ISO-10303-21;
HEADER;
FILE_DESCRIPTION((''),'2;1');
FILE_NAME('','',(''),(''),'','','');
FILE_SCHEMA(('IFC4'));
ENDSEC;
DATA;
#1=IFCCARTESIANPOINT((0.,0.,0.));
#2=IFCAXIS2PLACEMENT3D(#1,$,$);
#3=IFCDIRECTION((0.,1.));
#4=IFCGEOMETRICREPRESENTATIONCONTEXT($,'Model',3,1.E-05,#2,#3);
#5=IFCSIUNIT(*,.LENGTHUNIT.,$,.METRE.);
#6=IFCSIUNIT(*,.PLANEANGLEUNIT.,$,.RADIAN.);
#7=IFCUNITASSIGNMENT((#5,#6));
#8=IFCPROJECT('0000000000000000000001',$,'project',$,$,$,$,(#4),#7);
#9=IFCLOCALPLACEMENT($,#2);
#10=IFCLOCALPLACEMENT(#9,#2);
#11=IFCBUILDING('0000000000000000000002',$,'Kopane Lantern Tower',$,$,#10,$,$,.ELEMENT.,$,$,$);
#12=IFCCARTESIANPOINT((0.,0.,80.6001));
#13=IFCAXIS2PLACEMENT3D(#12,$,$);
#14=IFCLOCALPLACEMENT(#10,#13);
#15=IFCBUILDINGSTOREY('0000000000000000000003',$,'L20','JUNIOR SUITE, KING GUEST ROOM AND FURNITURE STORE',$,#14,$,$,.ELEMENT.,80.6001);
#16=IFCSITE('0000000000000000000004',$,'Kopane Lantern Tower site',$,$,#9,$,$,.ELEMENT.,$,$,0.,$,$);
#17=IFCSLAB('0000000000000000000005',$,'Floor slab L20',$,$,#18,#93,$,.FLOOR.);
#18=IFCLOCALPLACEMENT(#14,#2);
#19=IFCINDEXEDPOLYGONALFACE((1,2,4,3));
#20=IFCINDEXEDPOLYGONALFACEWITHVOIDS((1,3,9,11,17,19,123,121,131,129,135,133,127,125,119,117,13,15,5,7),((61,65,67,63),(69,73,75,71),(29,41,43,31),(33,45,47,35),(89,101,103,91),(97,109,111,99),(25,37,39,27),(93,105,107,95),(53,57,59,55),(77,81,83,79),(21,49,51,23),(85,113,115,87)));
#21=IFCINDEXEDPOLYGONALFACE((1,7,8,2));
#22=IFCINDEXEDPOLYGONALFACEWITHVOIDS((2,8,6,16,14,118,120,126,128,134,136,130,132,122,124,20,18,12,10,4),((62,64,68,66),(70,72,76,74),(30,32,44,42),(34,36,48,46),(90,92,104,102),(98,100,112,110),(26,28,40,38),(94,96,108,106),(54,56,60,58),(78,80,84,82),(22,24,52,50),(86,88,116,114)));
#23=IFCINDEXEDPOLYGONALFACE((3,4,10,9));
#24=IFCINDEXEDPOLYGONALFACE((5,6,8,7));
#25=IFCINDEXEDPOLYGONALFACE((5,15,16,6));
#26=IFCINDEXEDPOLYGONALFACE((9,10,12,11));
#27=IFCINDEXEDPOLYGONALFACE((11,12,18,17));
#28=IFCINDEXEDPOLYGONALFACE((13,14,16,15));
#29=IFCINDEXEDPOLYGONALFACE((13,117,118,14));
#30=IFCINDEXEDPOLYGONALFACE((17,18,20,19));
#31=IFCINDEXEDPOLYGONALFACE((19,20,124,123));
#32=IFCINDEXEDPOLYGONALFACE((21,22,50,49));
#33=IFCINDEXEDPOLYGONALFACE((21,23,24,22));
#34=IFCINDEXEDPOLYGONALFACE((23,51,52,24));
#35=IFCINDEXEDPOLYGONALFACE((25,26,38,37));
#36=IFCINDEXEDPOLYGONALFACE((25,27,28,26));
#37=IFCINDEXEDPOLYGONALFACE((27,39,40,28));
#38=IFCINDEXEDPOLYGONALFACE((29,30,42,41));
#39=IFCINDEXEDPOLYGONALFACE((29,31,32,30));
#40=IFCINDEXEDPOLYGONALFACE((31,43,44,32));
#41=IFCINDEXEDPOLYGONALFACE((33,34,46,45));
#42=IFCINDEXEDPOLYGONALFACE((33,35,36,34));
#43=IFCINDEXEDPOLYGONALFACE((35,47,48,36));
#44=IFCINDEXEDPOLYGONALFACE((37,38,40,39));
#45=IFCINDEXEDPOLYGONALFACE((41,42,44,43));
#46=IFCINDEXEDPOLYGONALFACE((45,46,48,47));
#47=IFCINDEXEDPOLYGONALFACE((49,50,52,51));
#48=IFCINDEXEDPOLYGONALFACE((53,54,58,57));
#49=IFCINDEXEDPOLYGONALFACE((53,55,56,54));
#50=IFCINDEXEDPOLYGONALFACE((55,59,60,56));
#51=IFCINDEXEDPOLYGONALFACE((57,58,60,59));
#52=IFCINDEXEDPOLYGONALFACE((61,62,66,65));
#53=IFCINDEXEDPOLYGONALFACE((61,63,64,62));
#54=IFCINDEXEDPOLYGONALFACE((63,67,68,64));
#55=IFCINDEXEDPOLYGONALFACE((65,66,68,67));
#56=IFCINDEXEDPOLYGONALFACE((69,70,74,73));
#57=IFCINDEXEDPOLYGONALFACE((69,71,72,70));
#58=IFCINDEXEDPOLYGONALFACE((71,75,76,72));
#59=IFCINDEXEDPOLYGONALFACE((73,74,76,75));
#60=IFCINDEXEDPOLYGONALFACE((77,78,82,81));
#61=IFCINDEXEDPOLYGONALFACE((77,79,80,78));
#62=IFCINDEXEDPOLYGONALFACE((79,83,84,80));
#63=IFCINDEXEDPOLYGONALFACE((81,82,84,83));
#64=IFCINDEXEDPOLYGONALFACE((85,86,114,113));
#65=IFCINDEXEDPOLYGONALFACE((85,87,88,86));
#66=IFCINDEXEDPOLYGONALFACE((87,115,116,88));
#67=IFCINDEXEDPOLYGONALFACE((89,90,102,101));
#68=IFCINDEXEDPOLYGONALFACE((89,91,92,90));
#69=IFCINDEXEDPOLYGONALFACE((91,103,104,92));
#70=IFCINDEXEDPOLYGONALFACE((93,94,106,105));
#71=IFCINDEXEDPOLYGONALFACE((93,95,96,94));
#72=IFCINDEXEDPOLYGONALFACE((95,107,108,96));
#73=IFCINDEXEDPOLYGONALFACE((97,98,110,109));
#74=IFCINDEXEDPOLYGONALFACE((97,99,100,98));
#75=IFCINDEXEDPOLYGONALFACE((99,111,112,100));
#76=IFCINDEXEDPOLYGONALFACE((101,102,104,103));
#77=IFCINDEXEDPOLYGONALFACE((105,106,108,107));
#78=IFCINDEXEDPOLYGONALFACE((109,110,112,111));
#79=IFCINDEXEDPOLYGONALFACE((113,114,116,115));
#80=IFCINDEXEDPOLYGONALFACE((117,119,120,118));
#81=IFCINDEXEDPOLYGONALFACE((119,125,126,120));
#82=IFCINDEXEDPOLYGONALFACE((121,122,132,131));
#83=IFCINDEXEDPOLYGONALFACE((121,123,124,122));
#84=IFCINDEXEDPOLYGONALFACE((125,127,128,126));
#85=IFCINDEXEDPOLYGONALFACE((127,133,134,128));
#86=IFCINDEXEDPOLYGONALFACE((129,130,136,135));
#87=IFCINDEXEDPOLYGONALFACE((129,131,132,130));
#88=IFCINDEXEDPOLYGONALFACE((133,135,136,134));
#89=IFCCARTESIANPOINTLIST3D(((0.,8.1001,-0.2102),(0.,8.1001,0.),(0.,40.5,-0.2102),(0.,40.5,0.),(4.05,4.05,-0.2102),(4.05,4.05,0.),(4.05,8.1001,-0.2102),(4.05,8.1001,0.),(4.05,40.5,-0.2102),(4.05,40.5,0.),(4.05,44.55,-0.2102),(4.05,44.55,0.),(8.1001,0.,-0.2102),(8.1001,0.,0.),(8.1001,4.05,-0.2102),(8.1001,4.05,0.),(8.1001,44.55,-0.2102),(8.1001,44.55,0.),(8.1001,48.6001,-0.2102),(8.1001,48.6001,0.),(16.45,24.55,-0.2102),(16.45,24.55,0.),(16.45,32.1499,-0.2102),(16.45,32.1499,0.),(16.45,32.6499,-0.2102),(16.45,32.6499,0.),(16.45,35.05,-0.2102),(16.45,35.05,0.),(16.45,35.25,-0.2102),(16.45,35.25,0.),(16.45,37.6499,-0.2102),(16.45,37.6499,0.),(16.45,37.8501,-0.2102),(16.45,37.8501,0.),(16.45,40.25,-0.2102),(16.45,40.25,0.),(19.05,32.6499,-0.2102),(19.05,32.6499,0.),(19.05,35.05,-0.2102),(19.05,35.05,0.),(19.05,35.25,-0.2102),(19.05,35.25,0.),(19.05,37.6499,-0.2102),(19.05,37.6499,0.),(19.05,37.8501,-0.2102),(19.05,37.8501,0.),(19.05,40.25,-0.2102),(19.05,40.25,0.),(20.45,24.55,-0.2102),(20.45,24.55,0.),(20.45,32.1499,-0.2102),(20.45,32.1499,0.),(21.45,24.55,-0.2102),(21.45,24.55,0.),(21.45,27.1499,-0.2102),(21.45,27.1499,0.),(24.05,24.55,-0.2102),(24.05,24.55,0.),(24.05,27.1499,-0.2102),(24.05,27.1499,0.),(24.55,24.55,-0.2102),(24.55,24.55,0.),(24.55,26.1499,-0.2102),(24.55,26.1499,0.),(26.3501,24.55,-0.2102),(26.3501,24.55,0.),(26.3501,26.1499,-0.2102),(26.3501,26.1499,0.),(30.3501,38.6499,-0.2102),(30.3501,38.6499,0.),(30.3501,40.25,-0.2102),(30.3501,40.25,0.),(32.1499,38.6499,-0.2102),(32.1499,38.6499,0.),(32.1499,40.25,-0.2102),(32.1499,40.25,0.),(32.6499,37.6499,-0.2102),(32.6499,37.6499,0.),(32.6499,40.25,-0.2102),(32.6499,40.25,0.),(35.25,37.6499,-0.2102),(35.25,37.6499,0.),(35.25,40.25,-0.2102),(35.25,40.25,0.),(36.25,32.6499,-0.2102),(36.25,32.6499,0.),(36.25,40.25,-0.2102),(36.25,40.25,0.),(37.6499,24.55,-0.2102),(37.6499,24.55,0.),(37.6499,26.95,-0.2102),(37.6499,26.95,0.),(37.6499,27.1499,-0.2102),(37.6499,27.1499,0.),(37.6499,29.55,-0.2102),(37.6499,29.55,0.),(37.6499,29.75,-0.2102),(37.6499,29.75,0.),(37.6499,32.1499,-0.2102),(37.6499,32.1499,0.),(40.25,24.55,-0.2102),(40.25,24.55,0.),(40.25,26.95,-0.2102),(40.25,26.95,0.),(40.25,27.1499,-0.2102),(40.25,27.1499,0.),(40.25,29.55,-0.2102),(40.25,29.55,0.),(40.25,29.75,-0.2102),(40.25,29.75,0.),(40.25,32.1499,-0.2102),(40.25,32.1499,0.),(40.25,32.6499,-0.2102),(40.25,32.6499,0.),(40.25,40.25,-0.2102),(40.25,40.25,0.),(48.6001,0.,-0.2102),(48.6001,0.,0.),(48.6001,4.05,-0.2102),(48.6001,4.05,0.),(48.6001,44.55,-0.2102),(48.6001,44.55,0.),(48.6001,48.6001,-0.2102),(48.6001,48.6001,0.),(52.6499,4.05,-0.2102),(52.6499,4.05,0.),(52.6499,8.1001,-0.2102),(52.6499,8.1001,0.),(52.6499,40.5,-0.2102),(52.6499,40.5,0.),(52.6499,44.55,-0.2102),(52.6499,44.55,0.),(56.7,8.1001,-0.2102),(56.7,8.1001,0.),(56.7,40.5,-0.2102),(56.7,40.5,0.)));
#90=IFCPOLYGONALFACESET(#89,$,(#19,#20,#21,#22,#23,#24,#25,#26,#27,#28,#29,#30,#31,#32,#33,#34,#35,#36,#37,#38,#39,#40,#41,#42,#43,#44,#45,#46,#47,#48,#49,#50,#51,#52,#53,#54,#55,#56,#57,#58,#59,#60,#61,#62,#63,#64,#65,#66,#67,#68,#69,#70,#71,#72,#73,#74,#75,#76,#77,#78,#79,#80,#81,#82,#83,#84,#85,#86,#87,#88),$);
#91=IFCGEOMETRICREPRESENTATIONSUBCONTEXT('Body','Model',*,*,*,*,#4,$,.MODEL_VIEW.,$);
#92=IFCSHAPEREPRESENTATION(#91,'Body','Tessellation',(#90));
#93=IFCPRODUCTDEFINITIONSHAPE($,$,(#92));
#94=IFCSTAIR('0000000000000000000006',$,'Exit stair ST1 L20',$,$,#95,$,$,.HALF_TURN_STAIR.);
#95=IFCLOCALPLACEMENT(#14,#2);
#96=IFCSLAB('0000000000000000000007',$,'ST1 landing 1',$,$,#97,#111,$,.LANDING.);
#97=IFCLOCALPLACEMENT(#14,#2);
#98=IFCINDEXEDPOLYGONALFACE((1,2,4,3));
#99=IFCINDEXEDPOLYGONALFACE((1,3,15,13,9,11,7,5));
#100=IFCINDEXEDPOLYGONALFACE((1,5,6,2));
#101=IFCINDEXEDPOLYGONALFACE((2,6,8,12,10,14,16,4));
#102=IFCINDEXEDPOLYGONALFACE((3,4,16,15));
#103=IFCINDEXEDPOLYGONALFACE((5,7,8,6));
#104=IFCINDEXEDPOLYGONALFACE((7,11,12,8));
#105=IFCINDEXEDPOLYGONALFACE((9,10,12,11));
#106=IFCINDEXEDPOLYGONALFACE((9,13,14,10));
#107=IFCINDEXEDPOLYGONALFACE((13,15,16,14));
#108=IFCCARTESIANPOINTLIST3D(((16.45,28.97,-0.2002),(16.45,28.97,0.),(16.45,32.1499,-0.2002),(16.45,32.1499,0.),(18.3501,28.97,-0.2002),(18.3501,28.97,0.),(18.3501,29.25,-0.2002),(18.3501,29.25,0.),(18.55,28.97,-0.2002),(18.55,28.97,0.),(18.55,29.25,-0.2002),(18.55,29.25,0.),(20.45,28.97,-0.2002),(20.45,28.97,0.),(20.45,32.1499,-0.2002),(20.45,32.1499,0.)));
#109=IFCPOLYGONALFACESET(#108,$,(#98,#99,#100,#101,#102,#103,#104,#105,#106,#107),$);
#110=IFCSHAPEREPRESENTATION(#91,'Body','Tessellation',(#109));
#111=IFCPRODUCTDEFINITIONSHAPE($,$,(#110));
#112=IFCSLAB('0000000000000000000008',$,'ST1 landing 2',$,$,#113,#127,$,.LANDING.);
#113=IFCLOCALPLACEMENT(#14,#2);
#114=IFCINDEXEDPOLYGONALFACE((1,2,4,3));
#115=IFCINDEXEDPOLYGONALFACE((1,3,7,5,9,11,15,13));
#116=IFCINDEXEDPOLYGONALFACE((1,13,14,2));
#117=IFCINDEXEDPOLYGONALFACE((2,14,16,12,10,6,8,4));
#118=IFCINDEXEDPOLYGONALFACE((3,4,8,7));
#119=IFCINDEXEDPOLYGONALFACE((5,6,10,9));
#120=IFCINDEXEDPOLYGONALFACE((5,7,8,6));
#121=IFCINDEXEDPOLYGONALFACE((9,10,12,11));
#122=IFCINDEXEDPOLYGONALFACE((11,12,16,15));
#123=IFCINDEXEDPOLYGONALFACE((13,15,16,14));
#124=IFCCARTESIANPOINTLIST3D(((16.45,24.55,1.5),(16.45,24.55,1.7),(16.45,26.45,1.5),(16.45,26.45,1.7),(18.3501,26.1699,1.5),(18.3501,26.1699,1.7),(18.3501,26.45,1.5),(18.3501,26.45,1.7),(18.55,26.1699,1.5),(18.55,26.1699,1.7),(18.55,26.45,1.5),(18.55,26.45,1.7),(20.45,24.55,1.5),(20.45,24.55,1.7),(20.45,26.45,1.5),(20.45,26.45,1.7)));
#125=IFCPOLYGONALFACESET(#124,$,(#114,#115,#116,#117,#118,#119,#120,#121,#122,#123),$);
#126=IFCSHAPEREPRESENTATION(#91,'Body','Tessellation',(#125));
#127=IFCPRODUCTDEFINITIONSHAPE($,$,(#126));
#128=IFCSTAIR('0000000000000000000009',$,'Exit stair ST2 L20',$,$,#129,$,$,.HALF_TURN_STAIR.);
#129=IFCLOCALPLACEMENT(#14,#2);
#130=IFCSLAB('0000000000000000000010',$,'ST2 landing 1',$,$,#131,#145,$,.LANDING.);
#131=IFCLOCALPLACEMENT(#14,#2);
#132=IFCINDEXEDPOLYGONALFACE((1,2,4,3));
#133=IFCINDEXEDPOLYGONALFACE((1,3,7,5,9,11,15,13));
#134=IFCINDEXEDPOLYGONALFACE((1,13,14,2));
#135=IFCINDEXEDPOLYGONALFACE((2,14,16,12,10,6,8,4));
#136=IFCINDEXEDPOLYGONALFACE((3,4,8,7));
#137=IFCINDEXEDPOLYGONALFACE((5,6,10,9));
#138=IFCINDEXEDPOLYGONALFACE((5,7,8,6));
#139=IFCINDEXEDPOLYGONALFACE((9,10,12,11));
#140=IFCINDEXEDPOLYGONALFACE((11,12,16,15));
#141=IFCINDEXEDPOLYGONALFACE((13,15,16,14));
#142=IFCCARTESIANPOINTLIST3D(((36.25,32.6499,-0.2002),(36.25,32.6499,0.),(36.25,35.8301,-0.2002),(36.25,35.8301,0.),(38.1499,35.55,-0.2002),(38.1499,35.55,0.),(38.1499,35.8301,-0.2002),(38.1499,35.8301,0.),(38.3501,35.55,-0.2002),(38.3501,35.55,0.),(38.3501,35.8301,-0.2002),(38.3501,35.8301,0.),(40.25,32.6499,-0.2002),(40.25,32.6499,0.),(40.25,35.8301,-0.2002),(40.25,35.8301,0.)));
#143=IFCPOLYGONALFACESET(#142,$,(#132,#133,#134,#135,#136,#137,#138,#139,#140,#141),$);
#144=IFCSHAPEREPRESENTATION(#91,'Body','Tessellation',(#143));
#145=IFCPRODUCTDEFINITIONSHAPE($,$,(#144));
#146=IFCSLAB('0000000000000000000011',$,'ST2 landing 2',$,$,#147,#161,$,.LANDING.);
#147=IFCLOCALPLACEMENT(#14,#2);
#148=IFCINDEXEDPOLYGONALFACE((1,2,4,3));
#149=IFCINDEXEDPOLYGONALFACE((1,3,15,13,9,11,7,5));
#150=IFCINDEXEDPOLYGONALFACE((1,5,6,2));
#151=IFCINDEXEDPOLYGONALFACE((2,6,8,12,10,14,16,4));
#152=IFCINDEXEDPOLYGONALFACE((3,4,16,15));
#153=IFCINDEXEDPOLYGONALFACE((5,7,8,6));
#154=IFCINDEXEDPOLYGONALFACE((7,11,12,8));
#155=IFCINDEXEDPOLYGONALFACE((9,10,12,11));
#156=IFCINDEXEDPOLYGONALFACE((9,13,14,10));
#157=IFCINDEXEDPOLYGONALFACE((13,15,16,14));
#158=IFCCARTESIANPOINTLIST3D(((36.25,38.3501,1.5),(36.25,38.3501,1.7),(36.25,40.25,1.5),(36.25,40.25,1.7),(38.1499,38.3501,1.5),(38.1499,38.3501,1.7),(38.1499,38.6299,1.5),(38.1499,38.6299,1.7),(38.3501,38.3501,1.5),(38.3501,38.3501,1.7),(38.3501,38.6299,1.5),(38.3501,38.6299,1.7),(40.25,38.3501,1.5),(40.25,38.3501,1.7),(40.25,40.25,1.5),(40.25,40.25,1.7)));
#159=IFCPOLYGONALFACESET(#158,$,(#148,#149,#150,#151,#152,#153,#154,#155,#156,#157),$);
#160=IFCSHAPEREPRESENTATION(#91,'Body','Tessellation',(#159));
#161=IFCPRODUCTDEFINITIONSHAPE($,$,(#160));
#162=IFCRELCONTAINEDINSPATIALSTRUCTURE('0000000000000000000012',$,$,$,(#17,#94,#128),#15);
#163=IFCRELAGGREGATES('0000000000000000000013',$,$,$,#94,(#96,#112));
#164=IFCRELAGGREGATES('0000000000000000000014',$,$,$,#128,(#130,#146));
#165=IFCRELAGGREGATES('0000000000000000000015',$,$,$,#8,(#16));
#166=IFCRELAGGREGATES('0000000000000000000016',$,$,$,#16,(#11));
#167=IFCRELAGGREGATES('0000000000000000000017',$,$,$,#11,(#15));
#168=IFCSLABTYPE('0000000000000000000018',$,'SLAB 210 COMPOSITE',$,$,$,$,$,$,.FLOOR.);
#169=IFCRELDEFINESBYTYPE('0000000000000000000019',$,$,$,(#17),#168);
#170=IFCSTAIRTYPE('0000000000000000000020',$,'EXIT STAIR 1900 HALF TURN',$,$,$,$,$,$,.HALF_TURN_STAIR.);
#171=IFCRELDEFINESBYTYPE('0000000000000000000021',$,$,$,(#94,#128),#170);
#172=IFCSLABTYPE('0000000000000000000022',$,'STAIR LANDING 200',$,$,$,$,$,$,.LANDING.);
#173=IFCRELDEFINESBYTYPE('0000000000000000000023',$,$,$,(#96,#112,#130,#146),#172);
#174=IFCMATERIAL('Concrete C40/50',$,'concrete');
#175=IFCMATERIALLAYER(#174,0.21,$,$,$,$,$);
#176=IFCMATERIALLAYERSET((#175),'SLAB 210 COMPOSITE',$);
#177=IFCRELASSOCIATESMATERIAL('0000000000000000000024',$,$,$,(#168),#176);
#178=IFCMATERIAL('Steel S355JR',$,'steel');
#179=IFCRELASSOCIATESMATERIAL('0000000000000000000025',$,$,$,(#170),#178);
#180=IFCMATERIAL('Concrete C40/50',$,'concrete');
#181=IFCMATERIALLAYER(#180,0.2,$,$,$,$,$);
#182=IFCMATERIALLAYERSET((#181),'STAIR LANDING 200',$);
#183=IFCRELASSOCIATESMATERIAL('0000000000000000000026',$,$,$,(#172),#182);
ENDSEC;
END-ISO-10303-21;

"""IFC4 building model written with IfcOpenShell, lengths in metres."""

from ifc_helpers import new_model, si_unit, direction, frame, origin, place, context, subcontext, project, spatial, polyline, outline, extrude, material, layer, layer_set, type_object, element, aggregate, save


model = new_model("IFC4")

# Units and contexts
model_context = context("Model", 3, precision=1e-05, world=origin(), true_north=direction((0.0, 1.0)))
body_context = subcontext(model_context, "Body", "Model", "MODEL_VIEW")
ifc_project = project(units=[si_unit("LENGTHUNIT", "METRE"), si_unit("PLANEANGLEUNIT", "RADIAN")], contexts=[model_context])

# Site, building, storey
site_placement = place(None, origin())
site = spatial("IfcSite", under=ifc_project, at=site_placement, Name="Kopane Lantern Tower site", CompositionType="ELEMENT", RefElevation=0.0)
building_placement = place(site_placement, origin())
building = spatial("IfcBuilding", under=site, at=building_placement, Name="Kopane Lantern Tower", CompositionType="ELEMENT")
storey_placement = place(building_placement, frame((0.0, 0.0, 80.6001)))
storey = spatial("IfcBuildingStorey", under=building, at=storey_placement, Name="L20", Description="JUNIOR SUITE, KING GUEST ROOM AND FURNITURE STORE", CompositionType="ELEMENT", Elevation=80.6001)

# Slab
ifc_material_1 = material(Name="Concrete C40/50", Category="concrete")
ifc_layer_1 = layer(ifc_material_1, 0.21)
ifc_layer_set_1 = layer_set([ifc_layer_1], Name="SLAB 210 COMPOSITE")
slab_type_1 = type_object("IfcSlabType", Name="SLAB 210 COMPOSITE", PredefinedType="FLOOR", material=ifc_layer_set_1)
slab_1_placement = place(storey_placement, frame((0.0, 0.0, -0.2102)))
element("IfcSlab", 1, at=slab_1_placement, inside=storey, type_object=slab_type_1, Name="Floor slab L20", PredefinedType="FLOOR", context=body_context, shape_type="SweptSolid", body=[
    extrude(outline(polyline([(8.1001, 0.0), (48.6001, 0.0), (48.6001, 4.05), (52.6499, 4.05), (52.6499, 8.1001), (56.7, 8.1001), (56.7, 40.5), (52.6499, 40.5), (52.6499, 44.55), (48.6001, 44.55), (48.6001, 48.6001), (8.1001, 48.6001), (8.1001, 44.55), (4.05, 44.55), (4.05, 40.5), (0.0, 40.5), (0.0, 8.1001), (4.05, 8.1001), (4.05, 4.05), (8.1001, 4.05), (8.1001, 0.0)]), holes=[polyline([(16.45, 24.55), (20.45, 24.55), (20.45, 32.1499), (16.45, 32.1499), (16.45, 24.55)]), polyline([(36.25, 32.6499), (40.25, 32.6499), (40.25, 40.25), (36.25, 40.25), (36.25, 32.6499)]), polyline([(16.45, 32.6499), (19.05, 32.6499), (19.05, 35.05), (16.45, 35.05), (16.45, 32.6499)]), polyline([(16.45, 35.25), (19.05, 35.25), (19.05, 37.6499), (16.45, 37.6499), (16.45, 35.25)]), polyline([(16.45, 37.8501), (19.05, 37.8501), (19.05, 40.25), (16.45, 40.25), (16.45, 37.8501)]), polyline([(37.6499, 24.55), (40.25, 24.55), (40.25, 26.95), (37.6499, 26.95), (37.6499, 24.55)]), polyline([(37.6499, 27.1499), (40.25, 27.1499), (40.25, 29.55), (37.6499, 29.55), (37.6499, 27.1499)]), polyline([(37.6499, 29.75), (40.25, 29.75), (40.25, 32.1499), (37.6499, 32.1499), (37.6499, 29.75)]), polyline([(21.45, 24.55), (24.05, 24.55), (24.05, 27.1499), (21.45, 27.1499), (21.45, 24.55)]), polyline([(32.6499, 37.6499), (35.25, 37.6499), (35.25, 40.25), (32.6499, 40.25), (32.6499, 37.6499)]), polyline([(24.55, 24.55), (26.3501, 24.55), (26.3501, 26.1499), (24.55, 26.1499), (24.55, 24.55)]), polyline([(30.3501, 38.6499), (32.1499, 38.6499), (32.1499, 40.25), (30.3501, 40.25), (30.3501, 38.6499)])]), origin(), (0.0, 0.0, 1.0), 0.2102),
])

# Stairs, slabs
ifc_material_2 = material(Name="Steel S355JR", Category="steel")
stair_type = type_object("IfcStairType", Name="EXIT STAIR 1900 HALF TURN", PredefinedType="HALF_TURN_STAIR", material=ifc_material_2)
stair_1_placement = place(storey_placement, origin())
stair_1 = element("IfcStair", 2, at=stair_1_placement, inside=storey, type_object=stair_type, Name="Exit stair ST1 L20", PredefinedType="HALF_TURN_STAIR")
ifc_material_3 = material(Name="Concrete C40/50", Category="concrete")
ifc_layer_2 = layer(ifc_material_3, 0.2)
ifc_layer_set_2 = layer_set([ifc_layer_2], Name="STAIR LANDING 200")
slab_type_2 = type_object("IfcSlabType", Name="STAIR LANDING 200", PredefinedType="LANDING", material=ifc_layer_set_2)
slab_2_placement = place(storey_placement, frame((0.0, 0.0, -0.2002)))
slab_2 = element("IfcSlab", 3, at=slab_2_placement, type_object=slab_type_2, Name="ST1 landing 1", PredefinedType="LANDING", context=body_context, shape_type="SweptSolid", body=[
    extrude(outline(polyline([(18.3501, 29.25), (18.55, 29.25), (18.55, 28.97), (20.45, 28.97), (20.45, 32.1499), (16.45, 32.1499), (16.45, 28.97), (18.3501, 28.97), (18.3501, 29.25)])), origin(), (0.0, 0.0, 1.0), 0.2002),
])
slab_3_placement = place(storey_placement, frame((0.0, 0.0, 1.5)))
slab_3 = element("IfcSlab", 4, at=slab_3_placement, type_object=slab_type_2, Name="ST1 landing 2", PredefinedType="LANDING", context=body_context, shape_type="SweptSolid", body=[
    extrude(outline(polyline([(20.45, 26.45), (18.55, 26.45), (18.55, 26.1699), (18.3501, 26.1699), (18.3501, 26.45), (16.45, 26.45), (16.45, 24.55), (20.45, 24.55), (20.45, 26.45)])), origin(), (0.0, 0.0, 1.0), 0.2),
])
aggregate(stair_1, [slab_2, slab_3])
stair_2_placement = place(storey_placement, origin())
stair_2 = element("IfcStair", 5, at=stair_2_placement, inside=storey, type_object=stair_type, Name="Exit stair ST2 L20", PredefinedType="HALF_TURN_STAIR")
slab_4_placement = place(storey_placement, frame((0.0, 0.0, -0.2002)))
slab_4 = element("IfcSlab", 6, at=slab_4_placement, type_object=slab_type_2, Name="ST2 landing 1", PredefinedType="LANDING", context=body_context, shape_type="SweptSolid", body=[
    extrude(outline(polyline([(40.25, 35.8301), (38.3501, 35.8301), (38.3501, 35.55), (38.1499, 35.55), (38.1499, 35.8301), (36.25, 35.8301), (36.25, 32.6499), (40.25, 32.6499), (40.25, 35.8301)])), origin(), (0.0, 0.0, 1.0), 0.2002),
])
slab_5_placement = place(storey_placement, frame((0.0, 0.0, 1.5)))
slab_5 = element("IfcSlab", 7, at=slab_5_placement, type_object=slab_type_2, Name="ST2 landing 2", PredefinedType="LANDING", context=body_context, shape_type="SweptSolid", body=[
    extrude(outline(polyline([(38.1499, 38.6299), (38.3501, 38.6299), (38.3501, 38.3501), (40.25, 38.3501), (40.25, 40.25), (36.25, 40.25), (36.25, 38.3501), (38.1499, 38.3501), (38.1499, 38.6299)])), origin(), (0.0, 0.0, 1.0), 0.2),
])
aggregate(stair_2, [slab_4, slab_5])

save(model, "model.ifc")
